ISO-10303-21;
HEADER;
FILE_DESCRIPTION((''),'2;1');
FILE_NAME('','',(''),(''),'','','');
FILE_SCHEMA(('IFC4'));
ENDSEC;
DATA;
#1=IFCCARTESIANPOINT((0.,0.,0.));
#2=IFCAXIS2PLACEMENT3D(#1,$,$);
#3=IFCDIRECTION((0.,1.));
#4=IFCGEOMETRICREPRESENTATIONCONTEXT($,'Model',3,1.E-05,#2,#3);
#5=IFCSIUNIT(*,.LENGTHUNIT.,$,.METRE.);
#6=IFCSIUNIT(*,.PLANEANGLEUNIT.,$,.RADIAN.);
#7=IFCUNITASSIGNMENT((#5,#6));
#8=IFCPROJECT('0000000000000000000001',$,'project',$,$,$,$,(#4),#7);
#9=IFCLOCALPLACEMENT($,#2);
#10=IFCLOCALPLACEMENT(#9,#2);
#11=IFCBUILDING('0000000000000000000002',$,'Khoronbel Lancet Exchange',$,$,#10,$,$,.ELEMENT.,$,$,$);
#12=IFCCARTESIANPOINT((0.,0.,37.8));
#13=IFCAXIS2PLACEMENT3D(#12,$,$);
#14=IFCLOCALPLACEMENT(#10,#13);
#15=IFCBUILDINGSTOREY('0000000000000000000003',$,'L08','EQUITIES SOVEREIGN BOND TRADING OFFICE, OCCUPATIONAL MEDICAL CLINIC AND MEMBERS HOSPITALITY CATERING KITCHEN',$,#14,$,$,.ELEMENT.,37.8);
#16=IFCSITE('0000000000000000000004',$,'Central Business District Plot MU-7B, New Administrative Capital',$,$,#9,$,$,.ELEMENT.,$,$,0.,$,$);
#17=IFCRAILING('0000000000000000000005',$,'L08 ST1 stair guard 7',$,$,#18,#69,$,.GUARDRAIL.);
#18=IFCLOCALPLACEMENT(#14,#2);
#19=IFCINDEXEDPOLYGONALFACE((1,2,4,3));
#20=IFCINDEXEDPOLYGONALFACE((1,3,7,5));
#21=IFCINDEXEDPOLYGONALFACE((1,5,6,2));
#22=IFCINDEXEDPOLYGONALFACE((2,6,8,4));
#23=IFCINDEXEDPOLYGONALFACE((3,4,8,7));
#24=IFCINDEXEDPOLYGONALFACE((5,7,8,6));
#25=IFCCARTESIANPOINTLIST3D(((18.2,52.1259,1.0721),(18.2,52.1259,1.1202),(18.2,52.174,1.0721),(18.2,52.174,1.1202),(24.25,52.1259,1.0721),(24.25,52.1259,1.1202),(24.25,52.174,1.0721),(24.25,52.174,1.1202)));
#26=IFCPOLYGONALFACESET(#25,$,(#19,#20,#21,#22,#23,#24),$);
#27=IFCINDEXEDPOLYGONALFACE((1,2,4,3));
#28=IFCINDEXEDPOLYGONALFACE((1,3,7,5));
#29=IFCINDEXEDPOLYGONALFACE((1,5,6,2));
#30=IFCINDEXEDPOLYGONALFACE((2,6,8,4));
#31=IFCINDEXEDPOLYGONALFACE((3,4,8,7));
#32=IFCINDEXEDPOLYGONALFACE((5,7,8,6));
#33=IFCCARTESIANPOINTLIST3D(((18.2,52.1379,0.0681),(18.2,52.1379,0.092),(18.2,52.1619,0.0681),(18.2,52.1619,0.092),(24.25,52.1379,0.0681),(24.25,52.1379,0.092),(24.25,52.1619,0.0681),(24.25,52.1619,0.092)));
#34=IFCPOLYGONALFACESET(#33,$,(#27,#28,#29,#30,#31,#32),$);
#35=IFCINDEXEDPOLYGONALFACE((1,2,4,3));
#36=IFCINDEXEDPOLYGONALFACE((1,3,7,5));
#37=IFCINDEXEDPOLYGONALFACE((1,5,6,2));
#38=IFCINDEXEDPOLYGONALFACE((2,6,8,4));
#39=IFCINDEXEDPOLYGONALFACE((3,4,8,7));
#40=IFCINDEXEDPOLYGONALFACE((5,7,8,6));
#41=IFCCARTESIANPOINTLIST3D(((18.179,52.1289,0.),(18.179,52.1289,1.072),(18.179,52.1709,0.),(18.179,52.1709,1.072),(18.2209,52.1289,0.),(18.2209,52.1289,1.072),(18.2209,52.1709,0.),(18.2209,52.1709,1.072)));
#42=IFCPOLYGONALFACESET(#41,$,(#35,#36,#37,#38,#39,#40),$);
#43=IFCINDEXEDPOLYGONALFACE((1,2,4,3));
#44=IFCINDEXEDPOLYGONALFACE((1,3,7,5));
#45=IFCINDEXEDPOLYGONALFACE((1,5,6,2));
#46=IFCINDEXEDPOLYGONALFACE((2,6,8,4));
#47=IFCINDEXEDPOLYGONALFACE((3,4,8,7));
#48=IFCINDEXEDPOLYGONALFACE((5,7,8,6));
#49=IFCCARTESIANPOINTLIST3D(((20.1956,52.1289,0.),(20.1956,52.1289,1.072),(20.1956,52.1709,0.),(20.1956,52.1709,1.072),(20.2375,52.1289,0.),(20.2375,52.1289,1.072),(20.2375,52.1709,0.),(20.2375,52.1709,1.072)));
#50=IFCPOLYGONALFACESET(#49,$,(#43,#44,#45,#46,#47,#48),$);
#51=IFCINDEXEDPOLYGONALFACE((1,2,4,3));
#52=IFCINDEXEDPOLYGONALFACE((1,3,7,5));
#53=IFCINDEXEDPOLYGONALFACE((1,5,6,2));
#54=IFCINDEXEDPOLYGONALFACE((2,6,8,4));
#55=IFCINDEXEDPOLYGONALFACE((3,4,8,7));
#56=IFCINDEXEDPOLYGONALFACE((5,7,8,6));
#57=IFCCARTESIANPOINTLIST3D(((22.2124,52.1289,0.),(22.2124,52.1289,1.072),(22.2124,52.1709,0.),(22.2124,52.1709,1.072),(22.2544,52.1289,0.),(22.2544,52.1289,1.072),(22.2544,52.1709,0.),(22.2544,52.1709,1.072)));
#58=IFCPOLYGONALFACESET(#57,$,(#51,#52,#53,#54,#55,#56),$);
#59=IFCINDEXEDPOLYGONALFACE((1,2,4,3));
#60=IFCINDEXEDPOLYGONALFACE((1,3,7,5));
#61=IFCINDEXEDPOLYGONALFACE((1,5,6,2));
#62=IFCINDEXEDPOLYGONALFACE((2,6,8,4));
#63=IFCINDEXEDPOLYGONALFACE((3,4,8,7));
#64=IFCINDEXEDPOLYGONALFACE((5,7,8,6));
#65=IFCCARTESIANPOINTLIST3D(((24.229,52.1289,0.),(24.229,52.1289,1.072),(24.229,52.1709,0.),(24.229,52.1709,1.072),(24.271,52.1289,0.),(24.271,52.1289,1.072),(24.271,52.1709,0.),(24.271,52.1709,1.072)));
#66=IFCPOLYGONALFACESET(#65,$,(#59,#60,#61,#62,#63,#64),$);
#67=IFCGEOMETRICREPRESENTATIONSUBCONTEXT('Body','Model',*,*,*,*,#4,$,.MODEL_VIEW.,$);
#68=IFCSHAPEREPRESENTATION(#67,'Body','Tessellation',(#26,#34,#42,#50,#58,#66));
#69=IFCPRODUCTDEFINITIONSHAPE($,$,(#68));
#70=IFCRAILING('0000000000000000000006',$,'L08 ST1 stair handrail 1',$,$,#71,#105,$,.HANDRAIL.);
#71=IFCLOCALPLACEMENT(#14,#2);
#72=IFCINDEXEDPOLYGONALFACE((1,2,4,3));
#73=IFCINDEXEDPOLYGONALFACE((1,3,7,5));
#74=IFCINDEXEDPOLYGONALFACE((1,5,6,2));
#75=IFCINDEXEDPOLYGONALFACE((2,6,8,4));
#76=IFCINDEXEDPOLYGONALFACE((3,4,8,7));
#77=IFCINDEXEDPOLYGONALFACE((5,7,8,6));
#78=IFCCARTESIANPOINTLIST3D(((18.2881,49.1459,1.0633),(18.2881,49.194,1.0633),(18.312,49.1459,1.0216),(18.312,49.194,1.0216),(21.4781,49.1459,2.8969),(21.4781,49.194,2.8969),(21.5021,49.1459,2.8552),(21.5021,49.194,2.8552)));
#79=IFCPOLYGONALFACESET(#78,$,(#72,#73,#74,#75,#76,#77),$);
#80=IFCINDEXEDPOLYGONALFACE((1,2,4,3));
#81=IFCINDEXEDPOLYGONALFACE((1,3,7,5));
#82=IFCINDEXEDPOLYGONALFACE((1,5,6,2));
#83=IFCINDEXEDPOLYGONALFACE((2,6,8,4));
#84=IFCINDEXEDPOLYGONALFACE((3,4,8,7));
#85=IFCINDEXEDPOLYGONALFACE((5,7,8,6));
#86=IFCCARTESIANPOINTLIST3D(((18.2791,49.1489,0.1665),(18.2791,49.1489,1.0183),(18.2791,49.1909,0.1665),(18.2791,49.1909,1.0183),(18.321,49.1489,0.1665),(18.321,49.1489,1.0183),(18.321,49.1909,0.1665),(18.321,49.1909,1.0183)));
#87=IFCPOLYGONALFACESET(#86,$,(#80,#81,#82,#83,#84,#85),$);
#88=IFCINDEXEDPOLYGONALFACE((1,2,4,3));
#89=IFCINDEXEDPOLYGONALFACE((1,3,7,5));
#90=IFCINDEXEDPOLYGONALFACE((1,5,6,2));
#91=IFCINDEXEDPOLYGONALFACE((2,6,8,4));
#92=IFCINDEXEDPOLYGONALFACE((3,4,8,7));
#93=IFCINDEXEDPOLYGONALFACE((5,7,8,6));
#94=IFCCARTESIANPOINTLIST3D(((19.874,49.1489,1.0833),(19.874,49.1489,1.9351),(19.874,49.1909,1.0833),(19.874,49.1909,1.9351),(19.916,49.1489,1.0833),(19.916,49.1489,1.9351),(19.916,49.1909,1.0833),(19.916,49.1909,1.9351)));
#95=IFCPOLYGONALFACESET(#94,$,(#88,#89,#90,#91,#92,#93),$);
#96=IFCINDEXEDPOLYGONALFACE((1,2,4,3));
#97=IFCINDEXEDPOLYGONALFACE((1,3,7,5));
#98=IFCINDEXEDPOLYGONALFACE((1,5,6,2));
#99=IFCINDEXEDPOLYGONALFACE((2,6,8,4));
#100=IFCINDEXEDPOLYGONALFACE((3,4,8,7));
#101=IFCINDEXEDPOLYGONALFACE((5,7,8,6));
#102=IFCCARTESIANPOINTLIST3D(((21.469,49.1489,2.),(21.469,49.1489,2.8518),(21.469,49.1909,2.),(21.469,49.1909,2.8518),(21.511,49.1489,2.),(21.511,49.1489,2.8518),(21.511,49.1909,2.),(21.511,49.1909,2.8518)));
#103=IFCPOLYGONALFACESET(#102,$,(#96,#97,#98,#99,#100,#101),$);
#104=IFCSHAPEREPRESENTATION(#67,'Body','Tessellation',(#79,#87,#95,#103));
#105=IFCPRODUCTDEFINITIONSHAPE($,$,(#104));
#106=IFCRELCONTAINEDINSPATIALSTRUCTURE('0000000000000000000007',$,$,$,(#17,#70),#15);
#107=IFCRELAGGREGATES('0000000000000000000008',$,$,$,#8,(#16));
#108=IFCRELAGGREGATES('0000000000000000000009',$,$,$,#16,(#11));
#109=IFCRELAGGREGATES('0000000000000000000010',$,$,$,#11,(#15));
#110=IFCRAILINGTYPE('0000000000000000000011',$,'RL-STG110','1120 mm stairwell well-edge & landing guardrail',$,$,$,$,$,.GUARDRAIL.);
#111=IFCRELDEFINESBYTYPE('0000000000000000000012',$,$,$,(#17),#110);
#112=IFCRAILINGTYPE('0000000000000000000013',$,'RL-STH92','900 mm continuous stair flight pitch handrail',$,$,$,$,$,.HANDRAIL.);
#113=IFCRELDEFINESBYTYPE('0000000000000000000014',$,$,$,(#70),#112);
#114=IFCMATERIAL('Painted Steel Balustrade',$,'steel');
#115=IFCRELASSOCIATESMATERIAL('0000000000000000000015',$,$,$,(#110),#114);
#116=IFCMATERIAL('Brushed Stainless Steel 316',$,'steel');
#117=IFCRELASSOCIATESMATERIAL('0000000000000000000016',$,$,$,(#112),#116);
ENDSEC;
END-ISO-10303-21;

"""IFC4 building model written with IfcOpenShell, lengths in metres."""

from ifc_helpers import new_model, si_unit, direction, frame, origin, origin_2d, place, context, subcontext, project, spatial, rectangle, extrude, material, type_object, element, save


model = new_model("IFC4")

# Units and contexts
model_context = context("Model", 3, precision=1e-05, world=origin(), true_north=direction((0.0, 1.0)))
body_context = subcontext(model_context, "Body", "Model", "MODEL_VIEW")
ifc_project = project(units=[si_unit("LENGTHUNIT", "METRE"), si_unit("PLANEANGLEUNIT", "RADIAN")], contexts=[model_context])

# Site, building, storey
site_placement = place(None, origin())
site = spatial("IfcSite", under=ifc_project, at=site_placement, Name="Central Business District Plot MU-7B, New Administrative Capital", CompositionType="ELEMENT", RefElevation=0.0)
building_placement = place(site_placement, origin())
building = spatial("IfcBuilding", under=site, at=building_placement, Name="Khoronbel Lancet Exchange", CompositionType="ELEMENT")
storey_placement = place(building_placement, frame((0.0, 0.0, 37.8)))
storey = spatial("IfcBuildingStorey", under=building, at=storey_placement, Name="L08", Description="EQUITIES SOVEREIGN BOND TRADING OFFICE, OCCUPATIONAL MEDICAL CLINIC AND MEMBERS HOSPITALITY CATERING KITCHEN", CompositionType="ELEMENT", Elevation=37.8)

# Railings
ifc_material_1 = material(Name="Painted Steel Balustrade", Category="steel")
railing_type_1 = type_object("IfcRailingType", Name="RL-STG110", Description="1120 mm stairwell well-edge & landing guardrail", PredefinedType="GUARDRAIL", material=ifc_material_1)
railing_1_placement = place(storey_placement, frame((18.2, 52.1499, 0.0)))
element("IfcRailing", 1, at=railing_1_placement, inside=storey, type_object=railing_type_1, Name="L08 ST1 stair guard 7", PredefinedType="GUARDRAIL", context=body_context, shape_type="SweptSolid", body=[
    extrude(rectangle(XDim=0.0481, YDim=0.0481, at=origin_2d()), frame((0.0, 0.0, 1.0962), z_axis=(1.0, 0.0, 0.0), x_axis=(0.0, 1.0, 0.0)), (0.0, 0.0, 1.0), 6.05),
    extrude(rectangle(XDim=0.0239, YDim=0.0239, at=origin_2d()), frame((0.0, 0.0, 0.0801), z_axis=(1.0, 0.0, 0.0), x_axis=(0.0, 1.0, 0.0)), (0.0, 0.0, 1.0), 6.05),
    extrude(rectangle(XDim=0.042, YDim=0.042, at=origin_2d()), origin(), (0.0, 0.0, 1.0), 1.072),
    extrude(rectangle(XDim=0.042, YDim=0.042, at=origin_2d()), frame((2.0166, 0.0, 0.0)), (0.0, 0.0, 1.0), 1.072),
    extrude(rectangle(XDim=0.042, YDim=0.042, at=origin_2d()), frame((4.0334, 0.0, 0.0)), (0.0, 0.0, 1.0), 1.072),
    extrude(rectangle(XDim=0.042, YDim=0.042, at=origin_2d()), frame((6.05, 0.0, 0.0)), (0.0, 0.0, 1.0), 1.072),
])
ifc_material_2 = material(Name="Brushed Stainless Steel 316", Category="steel")
railing_type_2 = type_object("IfcRailingType", Name="RL-STH92", Description="900 mm continuous stair flight pitch handrail", PredefinedType="HANDRAIL", material=ifc_material_2)
railing_2_placement = place(storey_placement, frame((18.3, 49.1699, 0.1665)))
element("IfcRailing", 2, at=railing_2_placement, inside=storey, type_object=railing_type_2, Name="L08 ST1 stair handrail 1", PredefinedType="HANDRAIL", context=body_context, shape_type="SweptSolid", body=[
    extrude(rectangle(XDim=0.0481, YDim=0.0481, at=origin_2d()), frame((0.0, 0.0, 0.876), z_axis=(0.866991, 0.0, 0.498324), x_axis=(0.0, 1.0, 0.0)), (0.0, 0.0, 1.0), 3.6794),
    extrude(rectangle(XDim=0.042, YDim=0.042, at=origin_2d()), origin(), (0.0, 0.0, 1.0), 0.8518),
    extrude(rectangle(XDim=0.042, YDim=0.042, at=origin_2d()), frame((1.595, 0.0, 0.9167)), (0.0, 0.0, 1.0), 0.8518),
    extrude(rectangle(XDim=0.042, YDim=0.042, at=origin_2d()), frame((3.1899, 0.0, 1.8335)), (0.0, 0.0, 1.0), 0.8518),
])

save(model, "model.ifc")
